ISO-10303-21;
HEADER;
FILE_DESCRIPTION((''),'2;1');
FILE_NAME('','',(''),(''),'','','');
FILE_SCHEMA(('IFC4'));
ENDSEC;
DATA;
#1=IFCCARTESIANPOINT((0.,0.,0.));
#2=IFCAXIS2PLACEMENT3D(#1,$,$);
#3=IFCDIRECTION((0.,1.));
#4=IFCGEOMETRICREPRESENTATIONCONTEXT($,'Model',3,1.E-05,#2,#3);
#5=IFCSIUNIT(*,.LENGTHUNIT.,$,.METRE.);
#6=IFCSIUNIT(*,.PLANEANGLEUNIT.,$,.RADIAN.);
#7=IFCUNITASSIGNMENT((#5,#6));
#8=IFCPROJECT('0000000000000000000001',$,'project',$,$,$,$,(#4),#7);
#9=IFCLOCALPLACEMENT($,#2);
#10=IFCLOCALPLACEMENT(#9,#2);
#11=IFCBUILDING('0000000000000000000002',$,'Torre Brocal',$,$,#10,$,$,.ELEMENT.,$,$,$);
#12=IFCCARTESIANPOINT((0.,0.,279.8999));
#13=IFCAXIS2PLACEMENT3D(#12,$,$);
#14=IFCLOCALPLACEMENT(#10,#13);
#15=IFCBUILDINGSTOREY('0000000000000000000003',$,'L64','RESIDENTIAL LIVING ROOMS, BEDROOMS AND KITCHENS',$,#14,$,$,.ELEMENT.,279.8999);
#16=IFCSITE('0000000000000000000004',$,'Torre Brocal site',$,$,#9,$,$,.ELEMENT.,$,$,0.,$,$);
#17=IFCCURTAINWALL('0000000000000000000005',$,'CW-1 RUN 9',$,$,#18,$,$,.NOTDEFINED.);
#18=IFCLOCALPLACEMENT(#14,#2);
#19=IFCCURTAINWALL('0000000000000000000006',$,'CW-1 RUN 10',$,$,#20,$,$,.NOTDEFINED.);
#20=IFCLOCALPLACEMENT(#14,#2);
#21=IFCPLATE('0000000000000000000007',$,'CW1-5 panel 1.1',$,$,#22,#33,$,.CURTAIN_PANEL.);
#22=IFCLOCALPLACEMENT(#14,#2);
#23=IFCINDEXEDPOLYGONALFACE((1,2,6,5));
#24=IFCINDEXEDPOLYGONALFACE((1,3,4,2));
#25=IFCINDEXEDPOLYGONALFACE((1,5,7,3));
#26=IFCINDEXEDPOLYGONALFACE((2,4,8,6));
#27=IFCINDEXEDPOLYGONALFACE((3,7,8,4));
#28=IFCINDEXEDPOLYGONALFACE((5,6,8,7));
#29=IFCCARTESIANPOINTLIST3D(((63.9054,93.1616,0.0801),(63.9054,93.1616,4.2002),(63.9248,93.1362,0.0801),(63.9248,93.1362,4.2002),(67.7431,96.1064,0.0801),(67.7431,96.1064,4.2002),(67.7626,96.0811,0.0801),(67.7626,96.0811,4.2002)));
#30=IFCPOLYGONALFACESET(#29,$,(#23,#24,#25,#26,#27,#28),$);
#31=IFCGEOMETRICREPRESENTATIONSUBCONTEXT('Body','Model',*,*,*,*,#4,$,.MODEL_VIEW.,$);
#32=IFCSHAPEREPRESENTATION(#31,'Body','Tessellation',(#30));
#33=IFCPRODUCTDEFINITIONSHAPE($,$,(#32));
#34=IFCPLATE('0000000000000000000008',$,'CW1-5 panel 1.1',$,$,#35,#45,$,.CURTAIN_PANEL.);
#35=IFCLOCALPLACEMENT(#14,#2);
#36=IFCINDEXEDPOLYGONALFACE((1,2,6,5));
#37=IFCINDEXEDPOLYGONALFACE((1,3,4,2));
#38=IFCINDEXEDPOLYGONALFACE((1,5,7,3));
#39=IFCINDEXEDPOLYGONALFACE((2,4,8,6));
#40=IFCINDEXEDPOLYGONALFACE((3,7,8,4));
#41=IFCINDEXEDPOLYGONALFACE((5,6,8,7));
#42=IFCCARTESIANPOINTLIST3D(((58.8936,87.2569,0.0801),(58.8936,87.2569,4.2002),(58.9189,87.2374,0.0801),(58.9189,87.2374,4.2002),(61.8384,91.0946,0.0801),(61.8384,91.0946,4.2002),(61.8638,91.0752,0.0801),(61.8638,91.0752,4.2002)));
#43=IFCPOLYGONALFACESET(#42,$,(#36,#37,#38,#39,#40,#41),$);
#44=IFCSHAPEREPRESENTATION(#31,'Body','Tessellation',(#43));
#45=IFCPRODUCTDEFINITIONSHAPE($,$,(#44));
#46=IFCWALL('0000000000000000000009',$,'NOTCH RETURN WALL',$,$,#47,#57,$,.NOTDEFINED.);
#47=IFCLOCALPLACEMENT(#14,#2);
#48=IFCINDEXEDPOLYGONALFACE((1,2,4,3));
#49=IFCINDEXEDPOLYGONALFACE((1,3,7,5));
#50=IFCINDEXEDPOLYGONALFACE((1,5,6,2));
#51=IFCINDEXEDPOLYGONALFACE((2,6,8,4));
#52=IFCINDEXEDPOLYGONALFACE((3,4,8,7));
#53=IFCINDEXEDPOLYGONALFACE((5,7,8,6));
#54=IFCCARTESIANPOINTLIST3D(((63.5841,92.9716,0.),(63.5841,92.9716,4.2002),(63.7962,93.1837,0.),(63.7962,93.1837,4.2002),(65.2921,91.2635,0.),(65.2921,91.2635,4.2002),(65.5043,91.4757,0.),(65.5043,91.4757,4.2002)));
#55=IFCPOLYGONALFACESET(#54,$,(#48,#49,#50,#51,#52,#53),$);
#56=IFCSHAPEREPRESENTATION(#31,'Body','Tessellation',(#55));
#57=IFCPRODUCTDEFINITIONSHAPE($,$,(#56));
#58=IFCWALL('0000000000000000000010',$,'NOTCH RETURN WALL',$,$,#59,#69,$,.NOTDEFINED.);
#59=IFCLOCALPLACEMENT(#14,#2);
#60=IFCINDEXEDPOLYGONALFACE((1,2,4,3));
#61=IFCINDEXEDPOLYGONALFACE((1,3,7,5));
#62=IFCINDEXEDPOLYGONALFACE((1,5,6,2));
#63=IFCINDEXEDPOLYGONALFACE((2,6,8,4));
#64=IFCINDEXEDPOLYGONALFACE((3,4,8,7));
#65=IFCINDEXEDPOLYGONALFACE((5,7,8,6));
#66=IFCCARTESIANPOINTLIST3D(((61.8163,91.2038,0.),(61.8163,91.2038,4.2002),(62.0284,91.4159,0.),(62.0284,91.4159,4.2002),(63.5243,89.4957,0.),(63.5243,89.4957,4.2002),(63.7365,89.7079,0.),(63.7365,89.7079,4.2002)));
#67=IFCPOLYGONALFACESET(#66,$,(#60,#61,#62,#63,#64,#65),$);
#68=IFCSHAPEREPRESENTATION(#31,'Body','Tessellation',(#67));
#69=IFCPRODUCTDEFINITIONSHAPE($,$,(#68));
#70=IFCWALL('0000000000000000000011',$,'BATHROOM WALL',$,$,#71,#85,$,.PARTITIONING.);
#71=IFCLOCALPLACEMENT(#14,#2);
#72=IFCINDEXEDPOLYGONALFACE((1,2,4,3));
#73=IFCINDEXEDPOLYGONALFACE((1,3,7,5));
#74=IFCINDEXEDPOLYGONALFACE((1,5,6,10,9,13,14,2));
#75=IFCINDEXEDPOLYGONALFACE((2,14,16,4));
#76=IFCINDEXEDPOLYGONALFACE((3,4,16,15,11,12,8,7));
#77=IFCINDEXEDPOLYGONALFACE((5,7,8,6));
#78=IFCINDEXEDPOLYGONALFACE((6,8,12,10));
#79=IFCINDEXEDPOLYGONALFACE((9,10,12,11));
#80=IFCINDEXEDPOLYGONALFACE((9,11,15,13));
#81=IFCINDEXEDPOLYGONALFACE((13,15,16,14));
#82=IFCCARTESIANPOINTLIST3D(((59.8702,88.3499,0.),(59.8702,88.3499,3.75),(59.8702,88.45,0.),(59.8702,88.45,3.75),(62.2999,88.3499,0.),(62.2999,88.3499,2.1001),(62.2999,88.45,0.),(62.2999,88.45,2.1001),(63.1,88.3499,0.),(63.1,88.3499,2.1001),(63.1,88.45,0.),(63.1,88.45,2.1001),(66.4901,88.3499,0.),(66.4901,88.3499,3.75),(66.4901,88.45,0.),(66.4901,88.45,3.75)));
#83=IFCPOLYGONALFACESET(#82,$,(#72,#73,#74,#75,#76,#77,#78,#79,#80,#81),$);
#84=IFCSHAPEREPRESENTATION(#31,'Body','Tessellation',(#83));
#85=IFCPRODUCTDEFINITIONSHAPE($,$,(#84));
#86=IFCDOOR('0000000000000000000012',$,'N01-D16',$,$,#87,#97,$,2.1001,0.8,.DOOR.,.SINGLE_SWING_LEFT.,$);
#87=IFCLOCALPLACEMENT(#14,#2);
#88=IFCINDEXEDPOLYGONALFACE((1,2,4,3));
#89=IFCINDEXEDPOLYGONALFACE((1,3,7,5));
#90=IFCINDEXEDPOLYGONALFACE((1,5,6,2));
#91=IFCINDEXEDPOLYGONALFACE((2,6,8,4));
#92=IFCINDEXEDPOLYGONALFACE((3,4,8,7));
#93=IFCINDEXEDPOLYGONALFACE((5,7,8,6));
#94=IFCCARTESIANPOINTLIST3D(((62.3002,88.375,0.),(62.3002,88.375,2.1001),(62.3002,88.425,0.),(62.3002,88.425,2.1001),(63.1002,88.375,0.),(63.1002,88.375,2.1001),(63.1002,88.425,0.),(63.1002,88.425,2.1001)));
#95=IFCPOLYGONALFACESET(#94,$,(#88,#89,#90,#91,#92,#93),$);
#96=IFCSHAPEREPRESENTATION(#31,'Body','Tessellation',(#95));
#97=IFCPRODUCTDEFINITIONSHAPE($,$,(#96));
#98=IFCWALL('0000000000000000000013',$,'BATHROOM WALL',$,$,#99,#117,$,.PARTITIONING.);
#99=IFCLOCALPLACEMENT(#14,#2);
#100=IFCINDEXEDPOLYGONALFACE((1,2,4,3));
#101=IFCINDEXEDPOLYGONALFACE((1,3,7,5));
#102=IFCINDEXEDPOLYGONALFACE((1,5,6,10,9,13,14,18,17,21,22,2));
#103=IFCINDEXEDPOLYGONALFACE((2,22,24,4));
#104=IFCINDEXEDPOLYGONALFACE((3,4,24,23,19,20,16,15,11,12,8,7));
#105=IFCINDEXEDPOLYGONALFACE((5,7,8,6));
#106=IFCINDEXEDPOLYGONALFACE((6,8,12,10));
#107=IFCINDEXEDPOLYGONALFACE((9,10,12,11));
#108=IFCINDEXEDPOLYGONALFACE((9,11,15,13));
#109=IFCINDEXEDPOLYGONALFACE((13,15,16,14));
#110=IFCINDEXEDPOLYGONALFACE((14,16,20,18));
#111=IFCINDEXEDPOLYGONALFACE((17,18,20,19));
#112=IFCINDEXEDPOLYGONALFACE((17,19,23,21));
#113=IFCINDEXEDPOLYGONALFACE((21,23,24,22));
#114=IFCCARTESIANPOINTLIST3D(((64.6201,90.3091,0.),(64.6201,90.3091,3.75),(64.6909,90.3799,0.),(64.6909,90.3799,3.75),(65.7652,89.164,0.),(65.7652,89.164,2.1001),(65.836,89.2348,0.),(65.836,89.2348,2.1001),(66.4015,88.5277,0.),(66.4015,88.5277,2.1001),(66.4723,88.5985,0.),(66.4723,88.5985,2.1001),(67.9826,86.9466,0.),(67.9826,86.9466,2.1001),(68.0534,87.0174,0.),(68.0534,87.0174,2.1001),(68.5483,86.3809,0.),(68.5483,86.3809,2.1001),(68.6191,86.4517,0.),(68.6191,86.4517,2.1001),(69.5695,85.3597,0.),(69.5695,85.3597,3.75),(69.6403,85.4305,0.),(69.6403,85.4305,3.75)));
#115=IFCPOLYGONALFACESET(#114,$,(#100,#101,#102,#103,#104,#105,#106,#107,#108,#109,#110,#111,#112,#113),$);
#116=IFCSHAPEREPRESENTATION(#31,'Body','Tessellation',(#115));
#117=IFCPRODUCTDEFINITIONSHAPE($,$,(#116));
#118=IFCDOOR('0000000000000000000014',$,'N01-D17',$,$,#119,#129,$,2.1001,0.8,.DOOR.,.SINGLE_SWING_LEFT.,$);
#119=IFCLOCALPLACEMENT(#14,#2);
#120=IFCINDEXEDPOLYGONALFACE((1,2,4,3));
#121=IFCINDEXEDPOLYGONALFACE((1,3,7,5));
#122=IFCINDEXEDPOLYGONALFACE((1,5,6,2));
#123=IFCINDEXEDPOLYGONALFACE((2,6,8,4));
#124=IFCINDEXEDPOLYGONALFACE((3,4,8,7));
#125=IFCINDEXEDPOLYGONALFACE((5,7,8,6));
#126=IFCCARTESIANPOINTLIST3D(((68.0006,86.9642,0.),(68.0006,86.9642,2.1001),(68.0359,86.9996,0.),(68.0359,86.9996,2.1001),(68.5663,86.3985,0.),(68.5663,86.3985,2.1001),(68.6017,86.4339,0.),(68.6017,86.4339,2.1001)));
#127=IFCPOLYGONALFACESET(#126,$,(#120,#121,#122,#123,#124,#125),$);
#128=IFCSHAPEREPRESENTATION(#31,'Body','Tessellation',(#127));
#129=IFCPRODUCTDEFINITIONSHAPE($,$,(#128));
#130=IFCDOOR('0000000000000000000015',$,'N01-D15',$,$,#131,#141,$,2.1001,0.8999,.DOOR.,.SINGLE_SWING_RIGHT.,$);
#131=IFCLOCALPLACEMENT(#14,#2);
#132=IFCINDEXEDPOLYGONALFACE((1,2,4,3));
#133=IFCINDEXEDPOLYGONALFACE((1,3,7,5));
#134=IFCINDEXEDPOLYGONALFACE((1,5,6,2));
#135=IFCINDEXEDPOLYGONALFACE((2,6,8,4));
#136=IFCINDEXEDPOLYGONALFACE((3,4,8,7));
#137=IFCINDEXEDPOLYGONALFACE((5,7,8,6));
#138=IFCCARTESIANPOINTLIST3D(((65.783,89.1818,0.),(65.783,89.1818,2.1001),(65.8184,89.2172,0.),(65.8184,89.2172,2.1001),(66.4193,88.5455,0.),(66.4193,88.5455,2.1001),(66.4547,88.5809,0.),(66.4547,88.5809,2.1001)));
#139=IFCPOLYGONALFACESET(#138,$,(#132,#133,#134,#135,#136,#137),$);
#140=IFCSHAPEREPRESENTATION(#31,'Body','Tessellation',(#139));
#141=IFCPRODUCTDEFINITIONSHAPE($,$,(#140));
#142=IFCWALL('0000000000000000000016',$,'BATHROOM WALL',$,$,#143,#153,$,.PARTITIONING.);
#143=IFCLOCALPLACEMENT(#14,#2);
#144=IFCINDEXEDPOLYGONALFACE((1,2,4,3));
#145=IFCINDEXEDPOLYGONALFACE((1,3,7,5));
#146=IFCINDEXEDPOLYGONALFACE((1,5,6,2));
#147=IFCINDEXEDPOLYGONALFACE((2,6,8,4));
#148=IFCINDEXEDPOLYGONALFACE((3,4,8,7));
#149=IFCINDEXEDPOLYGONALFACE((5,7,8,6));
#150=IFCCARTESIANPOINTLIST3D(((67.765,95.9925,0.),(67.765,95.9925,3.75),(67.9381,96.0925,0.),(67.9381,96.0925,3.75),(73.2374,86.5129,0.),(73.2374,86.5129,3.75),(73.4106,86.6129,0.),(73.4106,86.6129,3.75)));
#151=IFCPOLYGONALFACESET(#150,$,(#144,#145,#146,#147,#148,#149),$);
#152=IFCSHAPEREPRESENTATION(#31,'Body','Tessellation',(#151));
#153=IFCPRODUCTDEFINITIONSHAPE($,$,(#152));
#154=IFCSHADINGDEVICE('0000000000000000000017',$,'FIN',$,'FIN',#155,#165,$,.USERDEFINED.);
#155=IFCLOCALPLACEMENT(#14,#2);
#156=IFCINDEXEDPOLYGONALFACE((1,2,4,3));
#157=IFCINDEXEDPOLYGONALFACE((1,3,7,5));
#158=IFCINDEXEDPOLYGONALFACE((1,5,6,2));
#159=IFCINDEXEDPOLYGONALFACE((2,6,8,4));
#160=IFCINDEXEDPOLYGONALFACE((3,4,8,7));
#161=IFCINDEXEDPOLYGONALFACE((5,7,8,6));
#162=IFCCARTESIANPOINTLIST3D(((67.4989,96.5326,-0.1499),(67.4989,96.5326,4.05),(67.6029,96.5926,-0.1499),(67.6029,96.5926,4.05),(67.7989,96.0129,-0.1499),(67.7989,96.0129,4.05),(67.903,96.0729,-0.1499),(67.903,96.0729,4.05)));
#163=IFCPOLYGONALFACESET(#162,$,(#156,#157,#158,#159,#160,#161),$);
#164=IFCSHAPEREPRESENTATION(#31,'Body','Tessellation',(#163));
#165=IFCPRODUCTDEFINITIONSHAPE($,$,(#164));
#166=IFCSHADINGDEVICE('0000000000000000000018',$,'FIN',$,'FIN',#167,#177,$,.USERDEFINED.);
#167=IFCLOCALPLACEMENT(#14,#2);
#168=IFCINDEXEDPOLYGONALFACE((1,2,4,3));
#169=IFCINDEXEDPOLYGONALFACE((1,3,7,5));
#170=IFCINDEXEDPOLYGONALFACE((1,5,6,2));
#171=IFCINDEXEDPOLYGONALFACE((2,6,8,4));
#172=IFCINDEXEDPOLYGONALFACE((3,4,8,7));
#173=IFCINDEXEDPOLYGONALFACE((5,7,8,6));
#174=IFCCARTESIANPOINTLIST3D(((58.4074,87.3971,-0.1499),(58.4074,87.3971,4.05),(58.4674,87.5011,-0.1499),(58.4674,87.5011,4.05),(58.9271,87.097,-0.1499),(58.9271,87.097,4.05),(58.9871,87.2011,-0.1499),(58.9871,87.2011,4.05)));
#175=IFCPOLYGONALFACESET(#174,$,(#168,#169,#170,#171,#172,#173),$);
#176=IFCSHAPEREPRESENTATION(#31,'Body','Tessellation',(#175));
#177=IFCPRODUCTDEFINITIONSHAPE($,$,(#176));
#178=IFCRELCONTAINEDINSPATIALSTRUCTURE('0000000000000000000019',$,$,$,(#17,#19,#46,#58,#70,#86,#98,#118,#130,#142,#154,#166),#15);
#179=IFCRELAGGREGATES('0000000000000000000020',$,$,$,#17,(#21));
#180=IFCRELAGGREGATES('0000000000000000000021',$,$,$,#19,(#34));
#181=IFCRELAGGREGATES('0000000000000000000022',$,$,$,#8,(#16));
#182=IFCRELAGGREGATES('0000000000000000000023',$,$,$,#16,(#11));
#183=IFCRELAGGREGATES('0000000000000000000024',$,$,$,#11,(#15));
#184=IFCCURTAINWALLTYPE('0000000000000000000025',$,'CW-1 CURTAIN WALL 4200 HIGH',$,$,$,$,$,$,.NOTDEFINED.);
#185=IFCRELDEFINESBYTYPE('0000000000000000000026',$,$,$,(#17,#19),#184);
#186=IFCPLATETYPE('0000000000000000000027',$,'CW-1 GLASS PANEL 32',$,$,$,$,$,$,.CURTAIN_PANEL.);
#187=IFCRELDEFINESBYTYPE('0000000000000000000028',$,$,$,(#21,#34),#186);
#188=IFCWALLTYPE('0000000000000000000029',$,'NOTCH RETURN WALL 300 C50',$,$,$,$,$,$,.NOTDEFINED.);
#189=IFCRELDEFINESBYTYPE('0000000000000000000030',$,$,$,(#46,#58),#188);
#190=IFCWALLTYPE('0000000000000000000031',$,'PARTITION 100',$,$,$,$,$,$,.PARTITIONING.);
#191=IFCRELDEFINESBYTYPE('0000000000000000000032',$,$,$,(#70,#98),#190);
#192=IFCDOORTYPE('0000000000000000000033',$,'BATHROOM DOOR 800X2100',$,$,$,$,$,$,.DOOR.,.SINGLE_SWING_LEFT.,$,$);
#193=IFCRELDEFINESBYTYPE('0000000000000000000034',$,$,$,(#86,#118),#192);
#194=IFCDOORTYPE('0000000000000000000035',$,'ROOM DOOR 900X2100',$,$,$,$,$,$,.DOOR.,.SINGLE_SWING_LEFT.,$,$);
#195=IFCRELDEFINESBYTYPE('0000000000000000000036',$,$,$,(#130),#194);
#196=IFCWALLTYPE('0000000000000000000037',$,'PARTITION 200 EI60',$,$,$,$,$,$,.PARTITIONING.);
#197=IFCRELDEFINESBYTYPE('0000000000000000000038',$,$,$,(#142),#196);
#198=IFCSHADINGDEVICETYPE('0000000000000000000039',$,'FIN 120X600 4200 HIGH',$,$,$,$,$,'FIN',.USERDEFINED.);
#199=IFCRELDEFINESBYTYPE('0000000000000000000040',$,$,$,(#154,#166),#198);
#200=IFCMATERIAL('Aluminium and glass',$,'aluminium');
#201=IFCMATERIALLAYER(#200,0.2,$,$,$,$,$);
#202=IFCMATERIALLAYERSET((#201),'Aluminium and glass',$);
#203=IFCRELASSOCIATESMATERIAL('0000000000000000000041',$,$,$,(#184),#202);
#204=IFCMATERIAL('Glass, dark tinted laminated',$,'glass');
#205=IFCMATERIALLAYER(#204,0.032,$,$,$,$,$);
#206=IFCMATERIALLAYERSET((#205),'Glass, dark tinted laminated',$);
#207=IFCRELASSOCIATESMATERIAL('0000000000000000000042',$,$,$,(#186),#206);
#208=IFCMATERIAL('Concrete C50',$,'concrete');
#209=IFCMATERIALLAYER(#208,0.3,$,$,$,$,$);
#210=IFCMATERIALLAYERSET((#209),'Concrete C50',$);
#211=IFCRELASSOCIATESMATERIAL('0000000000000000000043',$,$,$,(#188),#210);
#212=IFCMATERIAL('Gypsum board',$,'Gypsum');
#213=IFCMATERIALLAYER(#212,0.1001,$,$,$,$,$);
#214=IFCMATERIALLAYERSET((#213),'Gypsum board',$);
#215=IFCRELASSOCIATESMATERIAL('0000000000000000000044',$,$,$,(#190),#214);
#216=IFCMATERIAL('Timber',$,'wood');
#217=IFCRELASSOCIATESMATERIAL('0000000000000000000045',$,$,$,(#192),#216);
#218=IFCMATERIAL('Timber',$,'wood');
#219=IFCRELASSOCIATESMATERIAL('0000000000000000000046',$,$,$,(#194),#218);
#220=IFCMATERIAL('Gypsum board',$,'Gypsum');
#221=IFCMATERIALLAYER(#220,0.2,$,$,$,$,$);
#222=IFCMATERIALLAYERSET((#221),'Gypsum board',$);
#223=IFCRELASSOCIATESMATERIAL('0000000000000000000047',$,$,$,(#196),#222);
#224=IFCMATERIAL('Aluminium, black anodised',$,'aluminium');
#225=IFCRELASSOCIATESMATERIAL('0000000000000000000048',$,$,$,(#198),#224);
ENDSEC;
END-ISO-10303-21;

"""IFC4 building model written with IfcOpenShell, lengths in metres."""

from ifc_helpers import new_model, si_unit, direction, frame, frame_2d, origin, origin_2d, place, context, subcontext, project, spatial, rectangle, extrude, material, layer, layer_set, material_profile, profile_set, type_object, element, fill, aggregate, save


model = new_model("IFC4")

# Units and contexts
model_context = context("Model", 3, precision=1e-05, world=origin(), true_north=direction((0.0, 1.0)))
body_context = subcontext(model_context, "Body", "Model", "MODEL_VIEW")
ifc_project = project(units=[si_unit("LENGTHUNIT", "METRE"), si_unit("PLANEANGLEUNIT", "RADIAN")], contexts=[model_context])

# Site, building, storey
site_placement = place(None, origin())
site = spatial("IfcSite", under=ifc_project, at=site_placement, Name="Torre Brocal site", CompositionType="ELEMENT", RefElevation=0.0)
building_placement = place(site_placement, origin())
building = spatial("IfcBuilding", under=site, at=building_placement, Name="Torre Brocal", CompositionType="ELEMENT")
storey_placement = place(building_placement, frame((0.0, 0.0, 279.8999)))
storey = spatial("IfcBuildingStorey", under=building, at=storey_placement, Name="L64", Description="RESIDENTIAL LIVING ROOMS, BEDROOMS AND KITCHENS", CompositionType="ELEMENT", Elevation=279.8999)

# Shared definitions
ifc_material_1 = material(Name="Aluminium and glass", Category="aluminium")
ifc_layer_1 = layer(ifc_material_1, 0.2)
ifc_layer_set_1 = layer_set([ifc_layer_1], Name="Aluminium and glass")
curtain_wall_type = type_object("IfcCurtainWallType", Name="CW-1 CURTAIN WALL 4200 HIGH", PredefinedType="NOTDEFINED", material=ifc_layer_set_1)

# Curtain walls
curtain_wall_1_placement = place(storey_placement, origin())
curtain_wall_1 = element("IfcCurtainWall", 1, at=curtain_wall_1_placement, inside=storey, type_object=curtain_wall_type, Name="CW-1 RUN 9", PredefinedType="NOTDEFINED")
curtain_wall_2_placement = place(storey_placement, origin())
curtain_wall_2 = element("IfcCurtainWall", 2, at=curtain_wall_2_placement, inside=storey, type_object=curtain_wall_type, Name="CW-1 RUN 10", PredefinedType="NOTDEFINED")

# Plates
ifc_material_2 = material(Name="Glass, dark tinted laminated", Category="glass")
ifc_layer_2 = layer(ifc_material_2, 0.032)
ifc_layer_set_2 = layer_set([ifc_layer_2], Name="Glass, dark tinted laminated")
plate_type = type_object("IfcPlateType", Name="CW-1 GLASS PANEL 32", PredefinedType="CURTAIN_PANEL", material=ifc_layer_set_2)
plate_1_placement = place(storey_placement, frame((65.834, 94.6213, 0.0801), z_axis=(0.0, 0.0, 1.0), x_axis=(-0.793353, -0.608761, 0.0)))
plate_1 = element("IfcPlate", 3, at=plate_1_placement, type_object=plate_type, Name="CW1-5 panel 1.1", PredefinedType="CURTAIN_PANEL", context=body_context, shape_type="SweptSolid", body=[
    extrude(rectangle(XDim=4.8374, YDim=0.032, at=origin_2d()), origin(), (0.0, 0.0, 1.0), 4.1201),
])
aggregate(curtain_wall_1, [plate_1])
plate_2_placement = place(storey_placement, frame((60.3787, 89.166, 0.0801), z_axis=(0.0, 0.0, 1.0), x_axis=(-0.608761, -0.793353, 0.0)))
plate_2 = element("IfcPlate", 4, at=plate_2_placement, type_object=plate_type, Name="CW1-5 panel 1.1", PredefinedType="CURTAIN_PANEL", context=body_context, shape_type="SweptSolid", body=[
    extrude(rectangle(XDim=4.8374, YDim=0.032, at=origin_2d()), origin(), (0.0, 0.0, 1.0), 4.1201),
])
aggregate(curtain_wall_2, [plate_2])

# Walls
ifc_material_3 = material(Name="Concrete C50", Category="concrete")
ifc_layer_3 = layer(ifc_material_3, 0.3)
ifc_layer_set_3 = layer_set([ifc_layer_3], Name="Concrete C50")
wall_type_1 = type_object("IfcWallType", Name="NOTCH RETURN WALL 300 C50", PredefinedType="NOTDEFINED", material=ifc_layer_set_3)
for number, where, z_axis, x_axis, name in (
    (5, (65.3982, 91.3696, 0.0), (0.0, 0.0, 1.0), (-0.707107, 0.707107, 0.0), "NOTCH RETURN WALL"),
    (6, (63.6304, 89.6018, 0.0), (0.0, 0.0, 1.0), (-0.707107, 0.707107, 0.0), "NOTCH RETURN WALL"),
):
    element("IfcWall", number, at=place(storey_placement, frame(where, z_axis=z_axis, x_axis=x_axis)), inside=storey, type_object=wall_type_1, Name=name, PredefinedType="NOTDEFINED", context=body_context, shape_type="SweptSolid", body=[
        extrude(rectangle(XDim=2.4155, YDim=0.3, at=frame_2d((1.2078, 0.0))), origin(), (0.0, 0.0, 1.0), 4.2002),
    ])

# Wall, opening, door
ifc_material_4 = material(Name="Gypsum board", Category="Gypsum")
ifc_layer_4 = layer(ifc_material_4, 0.1001)
ifc_layer_set_4 = layer_set([ifc_layer_4], Name="Gypsum board")
wall_type_2 = type_object("IfcWallType", Name="PARTITION 100", PredefinedType="PARTITIONING", material=ifc_layer_set_4)
wall_1_placement = place(storey_placement, frame((59.8701, 88.3999, 0.0), z_axis=(0.0, 0.0, 1.0), x_axis=(1.0, 0.0, 0.0)))
wall_1 = element("IfcWall", 7, at=wall_1_placement, inside=storey, type_object=wall_type_2, Name="BATHROOM WALL", PredefinedType="PARTITIONING", context=body_context, shape_type="SweptSolid", body=[
    extrude(rectangle(XDim=6.6199, YDim=0.1001, at=frame_2d((3.3101, 0.0))), origin(), (0.0, 0.0, 1.0), 3.75),
])
opening_1_placement = place(wall_1_placement, frame((2.4299, 0.0, 0.0)))
opening_1 = element("IfcOpeningElement", 8, at=opening_1_placement, cuts=wall_1, PredefinedType="OPENING", context=body_context, shape_type="SweptSolid", body=[
    extrude(rectangle(XDim=0.8, YDim=2.1001, at=frame_2d((0.3999, 1.05))), frame((0.0, 0.0601, 0.0), z_axis=(0.0, -1.0, 0.0), x_axis=(1.0, 0.0, 0.0)), (0.0, 0.0, 1.0), 0.1201),
])
ifc_material_5 = material(Name="Timber", Category="wood")
door_type_1 = type_object("IfcDoorType", Name="BATHROOM DOOR 800X2100", OperationType="SINGLE_SWING_LEFT", PredefinedType="DOOR", material=ifc_material_5)
door_1_placement = place(opening_1_placement, frame((0.8, 0.0, 0.0), z_axis=(0.0, 0.0, 1.0), x_axis=(-1.0, 0.0, 0.0)))
door_1 = element("IfcDoor", 9, at=door_1_placement, inside=storey, type_object=door_type_1, Name="N01-D16", OperationType="SINGLE_SWING_LEFT", OverallHeight=2.1001, OverallWidth=0.8, PredefinedType="DOOR", context=body_context, shape_type="SweptSolid", body=[
    extrude(rectangle(XDim=0.8, YDim=2.1001, at=frame_2d((0.3999, 1.05))), frame((0.0, 0.0249, 0.0), z_axis=(0.0, -1.0, 0.0), x_axis=(1.0, 0.0, 0.0)), (0.0, 0.0, 1.0), 0.05),
])
fill(opening_1, door_1)

# Wall, openings, doors
wall_2_placement = place(storey_placement, frame((64.6555, 90.3445, 0.0), z_axis=(0.0, 0.0, 1.0), x_axis=(0.707107, -0.707107, 0.0)))
wall_2 = element("IfcWall", 10, at=wall_2_placement, inside=storey, type_object=wall_type_2, Name="BATHROOM WALL", PredefinedType="PARTITIONING", context=body_context, shape_type="SweptSolid", body=[
    extrude(rectangle(XDim=6.9995, YDim=0.1001, at=frame_2d((3.4998, 0.0))), origin(), (0.0, 0.0, 1.0), 3.75),
])
opening_2_placement = place(wall_2_placement, frame((1.6194, 0.0, 0.0)))
opening_2 = element("IfcOpeningElement", 11, at=opening_2_placement, cuts=wall_2, PredefinedType="OPENING", context=body_context, shape_type="SweptSolid", body=[
    extrude(rectangle(XDim=0.8999, YDim=2.1001, at=frame_2d((0.45, 1.05))), frame((0.0, 0.0601, 0.0), z_axis=(0.0, -1.0, 0.0), x_axis=(1.0, 0.0, 0.0)), (0.0, 0.0, 1.0), 0.1201),
])
opening_3_placement = place(wall_2_placement, frame((4.7554, 0.0, 0.0)))
opening_3 = element("IfcOpeningElement", 12, at=opening_3_placement, cuts=wall_2, PredefinedType="OPENING", context=body_context, shape_type="SweptSolid", body=[
    extrude(rectangle(XDim=0.8, YDim=2.1001, at=frame_2d((0.3999, 1.05))), frame((0.0, 0.0601, 0.0), z_axis=(0.0, -1.0, 0.0), x_axis=(1.0, 0.0, 0.0)), (0.0, 0.0, 1.0), 0.1201),
])
door_2_placement = place(opening_3_placement, frame((0.8, 0.0, 0.0), z_axis=(0.0, 0.0, 1.0), x_axis=(-1.0, 0.0, 0.0)))
door_2 = element("IfcDoor", 13, at=door_2_placement, inside=storey, type_object=door_type_1, Name="N01-D17", OperationType="SINGLE_SWING_LEFT", OverallHeight=2.1001, OverallWidth=0.8, PredefinedType="DOOR", context=body_context, shape_type="SweptSolid", body=[
    extrude(rectangle(XDim=0.8, YDim=2.1001, at=frame_2d((0.3999, 1.05))), frame((0.0, 0.0249, 0.0), z_axis=(0.0, -1.0, 0.0), x_axis=(1.0, 0.0, 0.0)), (0.0, 0.0, 1.0), 0.05),
])
fill(opening_3, door_2)
ifc_material_6 = material(Name="Timber", Category="wood")
door_type_2 = type_object("IfcDoorType", Name="ROOM DOOR 900X2100", OperationType="SINGLE_SWING_LEFT", PredefinedType="DOOR", material=ifc_material_6)
door_3_placement = place(opening_2_placement, frame((0.8999, 0.0, 0.0), z_axis=(0.0, 0.0, 1.0), x_axis=(-1.0, 0.0, 0.0)))
door_3 = element("IfcDoor", 14, at=door_3_placement, inside=storey, type_object=door_type_2, Name="N01-D15", OperationType="SINGLE_SWING_RIGHT", OverallHeight=2.1001, OverallWidth=0.8999, PredefinedType="DOOR", context=body_context, shape_type="SweptSolid", body=[
    extrude(rectangle(XDim=0.8999, YDim=2.1001, at=frame_2d((0.45, 1.05))), frame((0.0, 0.0249, 0.0), z_axis=(0.0, -1.0, 0.0), x_axis=(1.0, 0.0, 0.0)), (0.0, 0.0, 1.0), 0.05),
])
fill(opening_2, door_3)

# Wall
ifc_material_7 = material(Name="Gypsum board", Category="Gypsum")
ifc_layer_5 = layer(ifc_material_7, 0.2)
ifc_layer_set_5 = layer_set([ifc_layer_5], Name="Gypsum board")
wall_type_3 = type_object("IfcWallType", Name="PARTITION 200 EI60", PredefinedType="PARTITIONING", material=ifc_layer_set_5)
wall_3_placement = place(storey_placement, frame((67.8516, 96.0425, 0.0), z_axis=(0.0, 0.0, 1.0), x_axis=(0.499961, -0.866048, 0.0)))
element("IfcWall", 15, at=wall_3_placement, inside=storey, type_object=wall_type_3, Name="BATHROOM WALL", PredefinedType="PARTITIONING", context=body_context, shape_type="SweptSolid", body=[
    extrude(rectangle(XDim=10.9458, YDim=0.2, at=frame_2d((5.4729, 0.0))), origin(), (0.0, 0.0, 1.0), 3.75),
])

# Shading devices
ifc_material_8 = material(Name="Aluminium, black anodised", Category="aluminium")
ifc_material_profile_1 = material_profile(ifc_material_8, rectangle(XDim=0.1201, YDim=0.6001, at=origin_2d()), Name="FIN 120X600 4200 HIGH")
ifc_profile_set_1 = profile_set([ifc_material_profile_1], Name="Aluminium, black anodised")
shading_device_type = type_object("IfcShadingDeviceType", Name="FIN 120X600 4200 HIGH", ElementType="FIN", PredefinedType="USERDEFINED", material=ifc_profile_set_1)
for number, where, z_axis, x_axis, name in (
    (16, (67.7009, 96.3027, -0.1499), (0.0, 0.0, 1.0), (-0.866025, -0.5, 0.0), "FIN"),
    (17, (58.6973, 87.2991, -0.1499), (0.0, 0.0, 1.0), (-0.5, -0.866025, 0.0), "FIN"),
):
    element("IfcShadingDevice", number, at=place(storey_placement, frame(where, z_axis=z_axis, x_axis=x_axis)), inside=storey, type_object=shading_device_type, Name=name, ObjectType="FIN", PredefinedType="USERDEFINED", context=body_context, shape_type="SweptSolid", body=[
        extrude(rectangle(XDim=0.1201, YDim=0.6001, at=origin_2d()), origin(), (0.0, 0.0, 1.0), 4.2),
    ])

save(model, "model.ifc")
